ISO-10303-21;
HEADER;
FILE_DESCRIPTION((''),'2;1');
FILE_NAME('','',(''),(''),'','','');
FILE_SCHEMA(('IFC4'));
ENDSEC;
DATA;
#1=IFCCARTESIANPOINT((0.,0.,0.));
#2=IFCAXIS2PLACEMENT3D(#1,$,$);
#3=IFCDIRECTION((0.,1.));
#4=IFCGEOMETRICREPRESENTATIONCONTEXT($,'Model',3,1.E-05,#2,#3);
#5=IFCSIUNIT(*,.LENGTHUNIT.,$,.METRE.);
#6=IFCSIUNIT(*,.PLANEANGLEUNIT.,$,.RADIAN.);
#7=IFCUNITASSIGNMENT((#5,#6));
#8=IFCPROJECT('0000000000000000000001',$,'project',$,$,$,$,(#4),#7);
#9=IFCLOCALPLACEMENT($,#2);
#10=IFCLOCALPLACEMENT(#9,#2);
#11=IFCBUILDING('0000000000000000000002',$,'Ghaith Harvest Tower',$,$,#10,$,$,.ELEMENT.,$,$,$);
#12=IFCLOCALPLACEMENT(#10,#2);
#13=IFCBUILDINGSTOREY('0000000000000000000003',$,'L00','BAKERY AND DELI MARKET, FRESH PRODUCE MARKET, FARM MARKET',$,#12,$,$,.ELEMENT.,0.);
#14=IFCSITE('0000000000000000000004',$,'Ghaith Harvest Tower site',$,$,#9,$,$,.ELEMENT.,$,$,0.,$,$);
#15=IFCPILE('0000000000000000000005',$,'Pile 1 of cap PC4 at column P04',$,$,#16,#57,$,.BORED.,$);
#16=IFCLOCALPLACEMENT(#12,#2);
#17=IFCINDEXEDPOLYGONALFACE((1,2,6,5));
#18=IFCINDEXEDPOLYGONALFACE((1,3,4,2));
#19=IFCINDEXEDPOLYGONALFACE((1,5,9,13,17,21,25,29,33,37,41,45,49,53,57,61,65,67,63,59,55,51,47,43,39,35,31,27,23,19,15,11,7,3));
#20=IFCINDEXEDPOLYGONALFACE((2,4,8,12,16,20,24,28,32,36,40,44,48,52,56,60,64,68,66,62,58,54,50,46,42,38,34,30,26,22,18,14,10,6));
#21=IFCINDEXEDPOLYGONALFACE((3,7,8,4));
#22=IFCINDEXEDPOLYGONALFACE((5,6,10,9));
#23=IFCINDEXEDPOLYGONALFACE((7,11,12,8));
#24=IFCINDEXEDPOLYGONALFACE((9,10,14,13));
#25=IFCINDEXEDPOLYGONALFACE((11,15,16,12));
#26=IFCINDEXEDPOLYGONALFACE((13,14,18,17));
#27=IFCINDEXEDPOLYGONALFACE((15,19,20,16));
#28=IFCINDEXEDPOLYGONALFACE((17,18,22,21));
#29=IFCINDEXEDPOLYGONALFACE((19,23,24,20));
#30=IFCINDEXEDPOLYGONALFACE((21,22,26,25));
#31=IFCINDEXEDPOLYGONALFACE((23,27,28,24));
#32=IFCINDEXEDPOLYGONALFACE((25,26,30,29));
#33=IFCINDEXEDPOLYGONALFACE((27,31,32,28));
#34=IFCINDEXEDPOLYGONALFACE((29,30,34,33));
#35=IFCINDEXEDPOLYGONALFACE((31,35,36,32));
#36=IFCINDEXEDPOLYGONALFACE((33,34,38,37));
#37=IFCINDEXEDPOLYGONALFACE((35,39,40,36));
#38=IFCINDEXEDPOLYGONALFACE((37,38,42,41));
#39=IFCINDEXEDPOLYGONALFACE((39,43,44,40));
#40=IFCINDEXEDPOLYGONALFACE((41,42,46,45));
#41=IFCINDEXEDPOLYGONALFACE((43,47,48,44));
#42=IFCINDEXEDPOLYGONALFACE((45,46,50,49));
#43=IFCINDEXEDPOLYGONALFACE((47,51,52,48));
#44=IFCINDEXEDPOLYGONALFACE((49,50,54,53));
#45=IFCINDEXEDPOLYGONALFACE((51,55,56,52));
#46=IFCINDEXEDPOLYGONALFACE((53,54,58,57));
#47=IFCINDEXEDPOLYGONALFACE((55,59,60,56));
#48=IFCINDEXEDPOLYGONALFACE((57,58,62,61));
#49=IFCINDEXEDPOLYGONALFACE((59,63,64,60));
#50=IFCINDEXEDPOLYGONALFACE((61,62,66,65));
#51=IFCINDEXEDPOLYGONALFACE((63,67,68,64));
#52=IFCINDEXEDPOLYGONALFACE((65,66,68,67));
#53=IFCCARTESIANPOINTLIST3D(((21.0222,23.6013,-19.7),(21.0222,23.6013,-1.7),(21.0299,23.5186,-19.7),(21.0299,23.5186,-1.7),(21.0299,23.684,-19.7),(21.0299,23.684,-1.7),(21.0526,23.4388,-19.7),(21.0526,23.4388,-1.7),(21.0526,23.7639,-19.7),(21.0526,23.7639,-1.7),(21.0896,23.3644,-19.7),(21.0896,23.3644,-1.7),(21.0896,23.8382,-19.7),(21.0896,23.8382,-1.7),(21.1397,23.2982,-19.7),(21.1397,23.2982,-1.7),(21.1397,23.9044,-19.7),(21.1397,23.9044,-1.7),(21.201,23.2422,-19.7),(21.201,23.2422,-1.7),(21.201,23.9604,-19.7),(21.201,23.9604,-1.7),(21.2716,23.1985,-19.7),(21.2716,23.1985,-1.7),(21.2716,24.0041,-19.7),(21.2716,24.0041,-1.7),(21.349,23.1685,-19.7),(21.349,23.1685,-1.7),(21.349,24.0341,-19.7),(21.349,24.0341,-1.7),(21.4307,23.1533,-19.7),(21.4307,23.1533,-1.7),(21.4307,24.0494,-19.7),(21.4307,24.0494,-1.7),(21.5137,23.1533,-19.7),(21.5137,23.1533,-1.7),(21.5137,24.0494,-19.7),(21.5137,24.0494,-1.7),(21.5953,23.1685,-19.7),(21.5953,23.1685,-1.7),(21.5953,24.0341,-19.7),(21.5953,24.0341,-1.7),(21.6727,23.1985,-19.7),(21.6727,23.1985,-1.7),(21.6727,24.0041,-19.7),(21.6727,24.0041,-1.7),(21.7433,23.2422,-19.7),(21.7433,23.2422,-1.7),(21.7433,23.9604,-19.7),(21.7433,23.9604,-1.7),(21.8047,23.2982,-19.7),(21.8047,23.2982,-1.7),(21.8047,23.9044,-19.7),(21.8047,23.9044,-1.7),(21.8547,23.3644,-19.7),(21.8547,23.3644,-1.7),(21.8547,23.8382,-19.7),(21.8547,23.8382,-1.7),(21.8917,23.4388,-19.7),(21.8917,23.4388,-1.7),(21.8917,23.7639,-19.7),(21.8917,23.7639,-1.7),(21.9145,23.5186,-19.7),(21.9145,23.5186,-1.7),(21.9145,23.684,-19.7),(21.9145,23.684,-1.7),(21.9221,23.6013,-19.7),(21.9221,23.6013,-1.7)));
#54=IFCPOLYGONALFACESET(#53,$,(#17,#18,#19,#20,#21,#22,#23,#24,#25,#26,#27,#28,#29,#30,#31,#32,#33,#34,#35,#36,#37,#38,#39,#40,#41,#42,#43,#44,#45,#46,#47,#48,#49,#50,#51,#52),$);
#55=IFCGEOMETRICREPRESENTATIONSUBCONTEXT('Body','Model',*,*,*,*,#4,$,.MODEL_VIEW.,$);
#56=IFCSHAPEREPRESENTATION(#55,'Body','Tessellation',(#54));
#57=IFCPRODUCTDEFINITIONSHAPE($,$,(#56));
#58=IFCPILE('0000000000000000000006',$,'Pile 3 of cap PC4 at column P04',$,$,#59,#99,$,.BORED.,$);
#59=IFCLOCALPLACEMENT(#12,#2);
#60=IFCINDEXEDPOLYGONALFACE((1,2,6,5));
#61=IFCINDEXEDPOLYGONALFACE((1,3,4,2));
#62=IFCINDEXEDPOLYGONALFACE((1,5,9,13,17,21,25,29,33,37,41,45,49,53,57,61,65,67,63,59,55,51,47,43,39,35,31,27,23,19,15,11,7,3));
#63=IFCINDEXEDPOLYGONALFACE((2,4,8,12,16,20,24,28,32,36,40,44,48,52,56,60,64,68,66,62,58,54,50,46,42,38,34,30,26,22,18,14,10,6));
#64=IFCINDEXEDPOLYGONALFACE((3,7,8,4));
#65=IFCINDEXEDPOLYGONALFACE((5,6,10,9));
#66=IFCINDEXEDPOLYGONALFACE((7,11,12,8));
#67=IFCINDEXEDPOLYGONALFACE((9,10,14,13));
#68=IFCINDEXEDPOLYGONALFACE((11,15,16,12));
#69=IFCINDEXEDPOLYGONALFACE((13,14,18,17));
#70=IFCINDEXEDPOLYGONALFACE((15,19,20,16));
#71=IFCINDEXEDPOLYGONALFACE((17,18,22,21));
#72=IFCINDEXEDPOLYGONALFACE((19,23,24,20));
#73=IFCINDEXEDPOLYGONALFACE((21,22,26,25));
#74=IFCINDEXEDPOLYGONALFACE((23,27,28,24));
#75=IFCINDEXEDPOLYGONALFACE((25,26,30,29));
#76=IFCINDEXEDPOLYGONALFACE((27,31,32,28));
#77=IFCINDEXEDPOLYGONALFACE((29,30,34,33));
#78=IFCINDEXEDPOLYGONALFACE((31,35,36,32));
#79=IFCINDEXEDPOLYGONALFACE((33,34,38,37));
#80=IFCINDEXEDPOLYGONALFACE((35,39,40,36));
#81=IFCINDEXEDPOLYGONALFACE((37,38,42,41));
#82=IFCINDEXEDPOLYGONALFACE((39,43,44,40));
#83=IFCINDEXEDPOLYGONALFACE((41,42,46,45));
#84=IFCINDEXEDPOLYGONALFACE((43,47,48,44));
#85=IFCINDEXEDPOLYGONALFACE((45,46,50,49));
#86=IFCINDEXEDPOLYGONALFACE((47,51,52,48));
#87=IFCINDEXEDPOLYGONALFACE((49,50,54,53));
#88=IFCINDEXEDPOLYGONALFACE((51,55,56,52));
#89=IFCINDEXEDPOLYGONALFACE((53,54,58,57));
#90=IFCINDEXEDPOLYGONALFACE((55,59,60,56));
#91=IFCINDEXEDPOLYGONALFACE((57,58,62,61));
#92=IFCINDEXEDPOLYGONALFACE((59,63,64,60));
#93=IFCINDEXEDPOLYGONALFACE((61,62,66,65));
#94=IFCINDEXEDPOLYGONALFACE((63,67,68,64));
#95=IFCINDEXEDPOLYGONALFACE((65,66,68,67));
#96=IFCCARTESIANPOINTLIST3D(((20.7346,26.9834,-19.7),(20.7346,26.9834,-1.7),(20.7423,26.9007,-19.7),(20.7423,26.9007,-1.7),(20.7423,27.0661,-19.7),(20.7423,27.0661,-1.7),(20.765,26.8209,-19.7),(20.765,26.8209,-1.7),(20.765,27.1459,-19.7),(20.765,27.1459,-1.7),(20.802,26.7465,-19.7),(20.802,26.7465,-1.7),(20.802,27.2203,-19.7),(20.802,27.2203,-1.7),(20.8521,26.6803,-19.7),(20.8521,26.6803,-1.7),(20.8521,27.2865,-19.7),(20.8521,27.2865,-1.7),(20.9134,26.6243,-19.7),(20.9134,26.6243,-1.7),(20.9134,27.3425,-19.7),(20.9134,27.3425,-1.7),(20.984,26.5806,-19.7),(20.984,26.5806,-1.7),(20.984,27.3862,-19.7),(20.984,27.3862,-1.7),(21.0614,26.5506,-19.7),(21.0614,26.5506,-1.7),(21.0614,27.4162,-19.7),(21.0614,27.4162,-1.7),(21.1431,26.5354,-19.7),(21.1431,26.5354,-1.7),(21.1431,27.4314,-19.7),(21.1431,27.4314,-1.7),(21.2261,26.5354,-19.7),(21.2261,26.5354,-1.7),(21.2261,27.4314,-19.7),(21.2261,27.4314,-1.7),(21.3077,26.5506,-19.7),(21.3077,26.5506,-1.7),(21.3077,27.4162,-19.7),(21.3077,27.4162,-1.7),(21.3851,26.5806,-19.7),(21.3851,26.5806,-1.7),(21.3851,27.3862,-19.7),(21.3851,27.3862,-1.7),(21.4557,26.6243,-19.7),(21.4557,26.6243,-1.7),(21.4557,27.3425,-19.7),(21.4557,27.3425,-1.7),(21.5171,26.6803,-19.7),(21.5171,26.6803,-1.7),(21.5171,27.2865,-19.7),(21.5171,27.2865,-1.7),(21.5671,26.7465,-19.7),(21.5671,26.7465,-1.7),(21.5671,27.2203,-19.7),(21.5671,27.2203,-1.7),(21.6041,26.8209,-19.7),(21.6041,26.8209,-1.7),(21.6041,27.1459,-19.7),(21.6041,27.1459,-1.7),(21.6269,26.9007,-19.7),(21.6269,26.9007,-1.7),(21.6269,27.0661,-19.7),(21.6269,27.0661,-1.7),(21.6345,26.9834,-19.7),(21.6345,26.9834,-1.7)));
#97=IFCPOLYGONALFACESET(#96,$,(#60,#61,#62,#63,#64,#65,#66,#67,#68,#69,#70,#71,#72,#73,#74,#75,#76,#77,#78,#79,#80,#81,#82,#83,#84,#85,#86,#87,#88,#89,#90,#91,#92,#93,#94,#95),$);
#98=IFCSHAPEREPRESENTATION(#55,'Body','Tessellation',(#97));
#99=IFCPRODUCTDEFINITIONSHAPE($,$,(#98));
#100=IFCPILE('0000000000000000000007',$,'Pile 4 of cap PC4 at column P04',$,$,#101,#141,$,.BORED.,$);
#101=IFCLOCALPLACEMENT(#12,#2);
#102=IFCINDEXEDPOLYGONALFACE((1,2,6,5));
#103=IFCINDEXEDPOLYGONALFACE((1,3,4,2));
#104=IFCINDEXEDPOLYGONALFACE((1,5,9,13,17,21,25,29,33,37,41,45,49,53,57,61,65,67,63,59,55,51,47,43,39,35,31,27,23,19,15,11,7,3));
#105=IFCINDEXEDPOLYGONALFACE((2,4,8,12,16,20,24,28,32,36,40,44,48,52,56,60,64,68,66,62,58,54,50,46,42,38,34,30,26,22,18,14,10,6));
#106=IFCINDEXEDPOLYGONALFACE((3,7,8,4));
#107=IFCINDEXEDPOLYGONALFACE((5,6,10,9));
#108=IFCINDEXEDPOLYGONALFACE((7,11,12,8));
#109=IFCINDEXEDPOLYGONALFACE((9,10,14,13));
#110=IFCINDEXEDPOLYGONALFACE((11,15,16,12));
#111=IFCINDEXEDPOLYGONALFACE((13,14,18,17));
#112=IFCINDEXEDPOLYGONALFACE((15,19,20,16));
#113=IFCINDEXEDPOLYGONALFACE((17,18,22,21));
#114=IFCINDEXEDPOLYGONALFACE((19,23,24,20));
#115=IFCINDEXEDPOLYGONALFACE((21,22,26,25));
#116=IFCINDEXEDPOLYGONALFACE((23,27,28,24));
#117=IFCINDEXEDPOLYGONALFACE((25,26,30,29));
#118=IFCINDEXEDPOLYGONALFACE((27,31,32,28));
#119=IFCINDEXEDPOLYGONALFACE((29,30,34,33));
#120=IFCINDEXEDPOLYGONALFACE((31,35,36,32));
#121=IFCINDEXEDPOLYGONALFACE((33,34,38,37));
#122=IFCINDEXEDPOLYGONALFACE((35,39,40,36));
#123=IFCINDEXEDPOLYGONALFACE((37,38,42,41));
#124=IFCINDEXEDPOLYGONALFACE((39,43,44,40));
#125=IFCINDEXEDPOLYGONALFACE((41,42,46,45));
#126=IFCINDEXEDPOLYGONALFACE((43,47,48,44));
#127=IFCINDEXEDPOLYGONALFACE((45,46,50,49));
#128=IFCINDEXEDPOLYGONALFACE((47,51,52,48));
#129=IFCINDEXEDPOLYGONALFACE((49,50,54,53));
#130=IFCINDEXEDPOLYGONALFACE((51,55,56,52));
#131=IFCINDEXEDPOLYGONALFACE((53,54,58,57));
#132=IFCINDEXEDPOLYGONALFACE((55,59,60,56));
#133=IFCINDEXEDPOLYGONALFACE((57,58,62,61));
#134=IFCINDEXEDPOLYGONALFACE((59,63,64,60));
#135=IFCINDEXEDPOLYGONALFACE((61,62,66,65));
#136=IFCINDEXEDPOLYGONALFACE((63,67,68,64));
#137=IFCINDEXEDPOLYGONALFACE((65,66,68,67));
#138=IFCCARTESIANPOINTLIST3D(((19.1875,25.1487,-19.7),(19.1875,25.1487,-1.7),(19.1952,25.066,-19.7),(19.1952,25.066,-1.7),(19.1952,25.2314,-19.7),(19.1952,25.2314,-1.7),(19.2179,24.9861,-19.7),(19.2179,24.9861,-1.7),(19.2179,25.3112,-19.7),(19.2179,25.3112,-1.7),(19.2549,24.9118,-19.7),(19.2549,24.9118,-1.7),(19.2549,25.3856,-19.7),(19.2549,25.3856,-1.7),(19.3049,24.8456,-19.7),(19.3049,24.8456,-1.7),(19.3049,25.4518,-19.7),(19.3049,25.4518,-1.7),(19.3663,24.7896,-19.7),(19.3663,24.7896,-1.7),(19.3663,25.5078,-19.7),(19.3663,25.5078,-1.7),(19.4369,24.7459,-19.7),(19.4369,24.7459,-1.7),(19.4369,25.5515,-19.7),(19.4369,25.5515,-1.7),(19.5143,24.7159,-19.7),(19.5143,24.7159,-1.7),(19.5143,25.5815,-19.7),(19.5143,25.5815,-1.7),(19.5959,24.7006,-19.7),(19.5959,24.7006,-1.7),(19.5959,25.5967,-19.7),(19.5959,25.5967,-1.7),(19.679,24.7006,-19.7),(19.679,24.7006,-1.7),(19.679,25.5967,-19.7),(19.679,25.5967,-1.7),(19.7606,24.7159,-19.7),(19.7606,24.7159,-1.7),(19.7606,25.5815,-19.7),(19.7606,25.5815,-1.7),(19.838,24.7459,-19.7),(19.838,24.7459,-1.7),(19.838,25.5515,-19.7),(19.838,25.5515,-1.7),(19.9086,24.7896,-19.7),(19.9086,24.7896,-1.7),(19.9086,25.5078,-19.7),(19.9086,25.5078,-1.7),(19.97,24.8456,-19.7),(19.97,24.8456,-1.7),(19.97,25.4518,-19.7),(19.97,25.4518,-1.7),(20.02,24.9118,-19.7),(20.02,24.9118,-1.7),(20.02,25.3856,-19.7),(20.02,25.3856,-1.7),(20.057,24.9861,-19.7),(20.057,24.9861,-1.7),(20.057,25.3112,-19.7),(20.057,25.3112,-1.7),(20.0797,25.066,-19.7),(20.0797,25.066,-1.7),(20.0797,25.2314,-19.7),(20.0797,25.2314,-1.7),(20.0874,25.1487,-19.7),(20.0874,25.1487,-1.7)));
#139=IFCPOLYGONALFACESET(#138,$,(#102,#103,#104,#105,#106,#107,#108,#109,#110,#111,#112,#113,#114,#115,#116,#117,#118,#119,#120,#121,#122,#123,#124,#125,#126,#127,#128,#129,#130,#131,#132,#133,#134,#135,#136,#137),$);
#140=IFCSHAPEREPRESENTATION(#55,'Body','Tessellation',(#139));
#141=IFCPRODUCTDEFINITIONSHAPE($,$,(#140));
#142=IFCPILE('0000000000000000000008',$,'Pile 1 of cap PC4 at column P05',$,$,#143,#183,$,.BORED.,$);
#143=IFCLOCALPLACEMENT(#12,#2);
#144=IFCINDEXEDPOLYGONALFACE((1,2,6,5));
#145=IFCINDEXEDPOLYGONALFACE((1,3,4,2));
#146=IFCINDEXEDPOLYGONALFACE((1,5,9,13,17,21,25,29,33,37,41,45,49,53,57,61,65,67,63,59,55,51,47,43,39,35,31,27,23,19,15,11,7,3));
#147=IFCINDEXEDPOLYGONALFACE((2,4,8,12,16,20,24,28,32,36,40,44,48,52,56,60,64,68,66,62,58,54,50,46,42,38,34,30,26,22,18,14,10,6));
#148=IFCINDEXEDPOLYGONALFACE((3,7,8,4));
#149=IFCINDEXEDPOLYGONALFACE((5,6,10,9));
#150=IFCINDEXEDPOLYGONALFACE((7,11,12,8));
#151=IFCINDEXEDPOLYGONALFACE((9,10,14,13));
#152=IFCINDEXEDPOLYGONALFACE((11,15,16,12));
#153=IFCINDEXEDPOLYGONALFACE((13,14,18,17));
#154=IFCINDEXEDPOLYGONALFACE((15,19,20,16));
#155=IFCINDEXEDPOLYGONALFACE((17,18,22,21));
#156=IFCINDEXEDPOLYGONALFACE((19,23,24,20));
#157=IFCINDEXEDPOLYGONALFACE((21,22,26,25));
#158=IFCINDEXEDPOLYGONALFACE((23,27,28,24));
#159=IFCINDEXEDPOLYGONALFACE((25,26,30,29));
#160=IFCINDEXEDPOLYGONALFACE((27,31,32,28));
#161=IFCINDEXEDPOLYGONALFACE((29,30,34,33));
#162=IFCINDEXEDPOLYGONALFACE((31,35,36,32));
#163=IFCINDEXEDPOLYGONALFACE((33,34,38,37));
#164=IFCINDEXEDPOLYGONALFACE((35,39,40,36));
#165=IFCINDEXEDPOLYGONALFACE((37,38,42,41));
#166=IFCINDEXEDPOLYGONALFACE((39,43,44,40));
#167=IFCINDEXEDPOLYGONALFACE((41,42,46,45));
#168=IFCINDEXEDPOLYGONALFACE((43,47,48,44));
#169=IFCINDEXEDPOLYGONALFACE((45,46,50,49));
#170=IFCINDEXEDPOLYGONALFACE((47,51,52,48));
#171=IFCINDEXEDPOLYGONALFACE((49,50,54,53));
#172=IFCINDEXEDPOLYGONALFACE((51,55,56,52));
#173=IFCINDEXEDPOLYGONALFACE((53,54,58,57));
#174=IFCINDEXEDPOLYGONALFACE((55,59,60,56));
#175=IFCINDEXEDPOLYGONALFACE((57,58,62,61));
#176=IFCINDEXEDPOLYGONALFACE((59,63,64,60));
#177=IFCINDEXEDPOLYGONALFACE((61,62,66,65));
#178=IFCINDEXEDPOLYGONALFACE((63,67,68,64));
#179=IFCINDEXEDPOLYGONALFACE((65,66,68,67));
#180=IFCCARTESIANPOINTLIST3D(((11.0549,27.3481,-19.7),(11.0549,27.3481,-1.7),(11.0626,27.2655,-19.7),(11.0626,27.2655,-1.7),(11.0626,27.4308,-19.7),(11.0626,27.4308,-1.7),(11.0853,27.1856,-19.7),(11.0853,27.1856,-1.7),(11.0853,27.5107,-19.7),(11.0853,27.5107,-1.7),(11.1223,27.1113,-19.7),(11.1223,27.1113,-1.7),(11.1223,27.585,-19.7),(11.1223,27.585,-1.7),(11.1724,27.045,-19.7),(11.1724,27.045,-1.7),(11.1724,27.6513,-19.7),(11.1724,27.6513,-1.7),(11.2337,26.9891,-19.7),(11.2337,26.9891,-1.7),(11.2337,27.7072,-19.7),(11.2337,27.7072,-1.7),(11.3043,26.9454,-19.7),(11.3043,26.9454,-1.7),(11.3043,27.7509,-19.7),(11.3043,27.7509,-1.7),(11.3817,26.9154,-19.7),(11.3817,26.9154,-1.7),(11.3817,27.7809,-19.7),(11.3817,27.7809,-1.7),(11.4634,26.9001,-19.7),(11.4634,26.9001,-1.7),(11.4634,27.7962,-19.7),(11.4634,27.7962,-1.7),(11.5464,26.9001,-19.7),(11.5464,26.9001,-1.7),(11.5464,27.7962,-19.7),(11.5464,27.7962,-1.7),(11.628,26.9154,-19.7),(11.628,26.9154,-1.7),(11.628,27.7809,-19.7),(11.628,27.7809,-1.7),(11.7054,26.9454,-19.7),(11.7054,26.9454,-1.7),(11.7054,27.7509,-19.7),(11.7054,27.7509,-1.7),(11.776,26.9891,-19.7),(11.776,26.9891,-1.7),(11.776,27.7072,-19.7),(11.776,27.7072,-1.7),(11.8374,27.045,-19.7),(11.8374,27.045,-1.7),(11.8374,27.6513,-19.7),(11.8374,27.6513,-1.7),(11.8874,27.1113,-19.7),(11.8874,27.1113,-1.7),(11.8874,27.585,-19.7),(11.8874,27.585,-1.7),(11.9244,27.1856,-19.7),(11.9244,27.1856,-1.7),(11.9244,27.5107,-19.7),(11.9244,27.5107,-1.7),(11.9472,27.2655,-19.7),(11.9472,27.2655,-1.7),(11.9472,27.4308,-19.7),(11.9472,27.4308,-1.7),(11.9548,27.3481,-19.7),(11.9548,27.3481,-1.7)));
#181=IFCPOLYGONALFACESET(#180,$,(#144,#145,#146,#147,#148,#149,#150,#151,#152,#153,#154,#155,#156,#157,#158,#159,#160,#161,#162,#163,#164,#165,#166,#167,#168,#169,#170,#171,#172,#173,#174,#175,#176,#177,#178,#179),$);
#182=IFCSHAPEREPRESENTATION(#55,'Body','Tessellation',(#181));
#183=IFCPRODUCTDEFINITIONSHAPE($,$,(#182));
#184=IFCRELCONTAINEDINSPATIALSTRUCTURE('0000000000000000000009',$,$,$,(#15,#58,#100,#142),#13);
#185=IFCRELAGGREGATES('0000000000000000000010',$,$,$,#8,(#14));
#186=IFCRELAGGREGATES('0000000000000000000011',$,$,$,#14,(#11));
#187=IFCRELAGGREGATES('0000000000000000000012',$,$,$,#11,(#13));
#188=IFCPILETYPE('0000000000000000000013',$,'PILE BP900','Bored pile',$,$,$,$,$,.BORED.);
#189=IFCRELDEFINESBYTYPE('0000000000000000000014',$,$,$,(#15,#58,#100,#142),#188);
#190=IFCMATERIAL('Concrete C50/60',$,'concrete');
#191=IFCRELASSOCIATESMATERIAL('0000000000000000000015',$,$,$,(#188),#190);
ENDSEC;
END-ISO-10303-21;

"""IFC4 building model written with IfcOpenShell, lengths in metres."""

from ifc_helpers import new_model, si_unit, direction, frame, origin, origin_2d, place, context, subcontext, project, spatial, circle, extrude, material, material_profile, profile_set, type_object, element, save


model = new_model("IFC4")

# Units and contexts
model_context = context("Model", 3, precision=1e-05, world=origin(), true_north=direction((0.0, 1.0)))
body_context = subcontext(model_context, "Body", "Model", "MODEL_VIEW")
ifc_project = project(units=[si_unit("LENGTHUNIT", "METRE"), si_unit("PLANEANGLEUNIT", "RADIAN")], contexts=[model_context])

# Site, building, storey
site_placement = place(None, origin())
site = spatial("IfcSite", under=ifc_project, at=site_placement, Name="Ghaith Harvest Tower site", CompositionType="ELEMENT", RefElevation=0.0)
building_placement = place(site_placement, origin())
building = spatial("IfcBuilding", under=site, at=building_placement, Name="Ghaith Harvest Tower", CompositionType="ELEMENT")
storey_placement = place(building_placement, origin())
storey = spatial("IfcBuildingStorey", under=building, at=storey_placement, Name="L00", Description="BAKERY AND DELI MARKET, FRESH PRODUCE MARKET, FARM MARKET", CompositionType="ELEMENT", Elevation=0.0)

# Piles
ifc_material_1 = material(Name="Concrete C50/60", Category="concrete")
ifc_material_profile_1 = material_profile(ifc_material_1, circle(Radius=0.45, at=origin_2d()), Name="PILE900")
ifc_profile_set_1 = profile_set([ifc_material_profile_1], Name="Concrete C50/60")
pile_type_1 = type_object("IfcPileType", Name="PILE BP900", Description="Bored pile", PredefinedType="BORED", material=ifc_profile_set_1)
for number, where, z_axis, x_axis, name in (
    (1, (21.4722, 23.6013, -1.7), (0.0, 0.0, -1.0), (1.0, 0.0, 0.0), "Pile 1 of cap PC4 at column P04"),
    (2, (21.1846, 26.9834, -1.7), (0.0, 0.0, -1.0), (1.0, 0.0, 0.0), "Pile 3 of cap PC4 at column P04"),
    (3, (19.6375, 25.1487, -1.7), (0.0, 0.0, -1.0), (1.0, 0.0, 0.0), "Pile 4 of cap PC4 at column P04"),
    (4, (11.5049, 27.3481, -1.7), (0.0, 0.0, -1.0), (1.0, 0.0, 0.0), "Pile 1 of cap PC4 at column P05"),
):
    element("IfcPile", number, at=place(storey_placement, frame(where, z_axis=z_axis, x_axis=x_axis)), inside=storey, type_object=pile_type_1, Name=name, PredefinedType="BORED", context=body_context, shape_type="SweptSolid", body=[
        extrude(circle(Radius=0.45, at=origin_2d()), origin(), (0.0, 0.0, 1.0), 18.0),
    ])

save(model, "model.ifc")
